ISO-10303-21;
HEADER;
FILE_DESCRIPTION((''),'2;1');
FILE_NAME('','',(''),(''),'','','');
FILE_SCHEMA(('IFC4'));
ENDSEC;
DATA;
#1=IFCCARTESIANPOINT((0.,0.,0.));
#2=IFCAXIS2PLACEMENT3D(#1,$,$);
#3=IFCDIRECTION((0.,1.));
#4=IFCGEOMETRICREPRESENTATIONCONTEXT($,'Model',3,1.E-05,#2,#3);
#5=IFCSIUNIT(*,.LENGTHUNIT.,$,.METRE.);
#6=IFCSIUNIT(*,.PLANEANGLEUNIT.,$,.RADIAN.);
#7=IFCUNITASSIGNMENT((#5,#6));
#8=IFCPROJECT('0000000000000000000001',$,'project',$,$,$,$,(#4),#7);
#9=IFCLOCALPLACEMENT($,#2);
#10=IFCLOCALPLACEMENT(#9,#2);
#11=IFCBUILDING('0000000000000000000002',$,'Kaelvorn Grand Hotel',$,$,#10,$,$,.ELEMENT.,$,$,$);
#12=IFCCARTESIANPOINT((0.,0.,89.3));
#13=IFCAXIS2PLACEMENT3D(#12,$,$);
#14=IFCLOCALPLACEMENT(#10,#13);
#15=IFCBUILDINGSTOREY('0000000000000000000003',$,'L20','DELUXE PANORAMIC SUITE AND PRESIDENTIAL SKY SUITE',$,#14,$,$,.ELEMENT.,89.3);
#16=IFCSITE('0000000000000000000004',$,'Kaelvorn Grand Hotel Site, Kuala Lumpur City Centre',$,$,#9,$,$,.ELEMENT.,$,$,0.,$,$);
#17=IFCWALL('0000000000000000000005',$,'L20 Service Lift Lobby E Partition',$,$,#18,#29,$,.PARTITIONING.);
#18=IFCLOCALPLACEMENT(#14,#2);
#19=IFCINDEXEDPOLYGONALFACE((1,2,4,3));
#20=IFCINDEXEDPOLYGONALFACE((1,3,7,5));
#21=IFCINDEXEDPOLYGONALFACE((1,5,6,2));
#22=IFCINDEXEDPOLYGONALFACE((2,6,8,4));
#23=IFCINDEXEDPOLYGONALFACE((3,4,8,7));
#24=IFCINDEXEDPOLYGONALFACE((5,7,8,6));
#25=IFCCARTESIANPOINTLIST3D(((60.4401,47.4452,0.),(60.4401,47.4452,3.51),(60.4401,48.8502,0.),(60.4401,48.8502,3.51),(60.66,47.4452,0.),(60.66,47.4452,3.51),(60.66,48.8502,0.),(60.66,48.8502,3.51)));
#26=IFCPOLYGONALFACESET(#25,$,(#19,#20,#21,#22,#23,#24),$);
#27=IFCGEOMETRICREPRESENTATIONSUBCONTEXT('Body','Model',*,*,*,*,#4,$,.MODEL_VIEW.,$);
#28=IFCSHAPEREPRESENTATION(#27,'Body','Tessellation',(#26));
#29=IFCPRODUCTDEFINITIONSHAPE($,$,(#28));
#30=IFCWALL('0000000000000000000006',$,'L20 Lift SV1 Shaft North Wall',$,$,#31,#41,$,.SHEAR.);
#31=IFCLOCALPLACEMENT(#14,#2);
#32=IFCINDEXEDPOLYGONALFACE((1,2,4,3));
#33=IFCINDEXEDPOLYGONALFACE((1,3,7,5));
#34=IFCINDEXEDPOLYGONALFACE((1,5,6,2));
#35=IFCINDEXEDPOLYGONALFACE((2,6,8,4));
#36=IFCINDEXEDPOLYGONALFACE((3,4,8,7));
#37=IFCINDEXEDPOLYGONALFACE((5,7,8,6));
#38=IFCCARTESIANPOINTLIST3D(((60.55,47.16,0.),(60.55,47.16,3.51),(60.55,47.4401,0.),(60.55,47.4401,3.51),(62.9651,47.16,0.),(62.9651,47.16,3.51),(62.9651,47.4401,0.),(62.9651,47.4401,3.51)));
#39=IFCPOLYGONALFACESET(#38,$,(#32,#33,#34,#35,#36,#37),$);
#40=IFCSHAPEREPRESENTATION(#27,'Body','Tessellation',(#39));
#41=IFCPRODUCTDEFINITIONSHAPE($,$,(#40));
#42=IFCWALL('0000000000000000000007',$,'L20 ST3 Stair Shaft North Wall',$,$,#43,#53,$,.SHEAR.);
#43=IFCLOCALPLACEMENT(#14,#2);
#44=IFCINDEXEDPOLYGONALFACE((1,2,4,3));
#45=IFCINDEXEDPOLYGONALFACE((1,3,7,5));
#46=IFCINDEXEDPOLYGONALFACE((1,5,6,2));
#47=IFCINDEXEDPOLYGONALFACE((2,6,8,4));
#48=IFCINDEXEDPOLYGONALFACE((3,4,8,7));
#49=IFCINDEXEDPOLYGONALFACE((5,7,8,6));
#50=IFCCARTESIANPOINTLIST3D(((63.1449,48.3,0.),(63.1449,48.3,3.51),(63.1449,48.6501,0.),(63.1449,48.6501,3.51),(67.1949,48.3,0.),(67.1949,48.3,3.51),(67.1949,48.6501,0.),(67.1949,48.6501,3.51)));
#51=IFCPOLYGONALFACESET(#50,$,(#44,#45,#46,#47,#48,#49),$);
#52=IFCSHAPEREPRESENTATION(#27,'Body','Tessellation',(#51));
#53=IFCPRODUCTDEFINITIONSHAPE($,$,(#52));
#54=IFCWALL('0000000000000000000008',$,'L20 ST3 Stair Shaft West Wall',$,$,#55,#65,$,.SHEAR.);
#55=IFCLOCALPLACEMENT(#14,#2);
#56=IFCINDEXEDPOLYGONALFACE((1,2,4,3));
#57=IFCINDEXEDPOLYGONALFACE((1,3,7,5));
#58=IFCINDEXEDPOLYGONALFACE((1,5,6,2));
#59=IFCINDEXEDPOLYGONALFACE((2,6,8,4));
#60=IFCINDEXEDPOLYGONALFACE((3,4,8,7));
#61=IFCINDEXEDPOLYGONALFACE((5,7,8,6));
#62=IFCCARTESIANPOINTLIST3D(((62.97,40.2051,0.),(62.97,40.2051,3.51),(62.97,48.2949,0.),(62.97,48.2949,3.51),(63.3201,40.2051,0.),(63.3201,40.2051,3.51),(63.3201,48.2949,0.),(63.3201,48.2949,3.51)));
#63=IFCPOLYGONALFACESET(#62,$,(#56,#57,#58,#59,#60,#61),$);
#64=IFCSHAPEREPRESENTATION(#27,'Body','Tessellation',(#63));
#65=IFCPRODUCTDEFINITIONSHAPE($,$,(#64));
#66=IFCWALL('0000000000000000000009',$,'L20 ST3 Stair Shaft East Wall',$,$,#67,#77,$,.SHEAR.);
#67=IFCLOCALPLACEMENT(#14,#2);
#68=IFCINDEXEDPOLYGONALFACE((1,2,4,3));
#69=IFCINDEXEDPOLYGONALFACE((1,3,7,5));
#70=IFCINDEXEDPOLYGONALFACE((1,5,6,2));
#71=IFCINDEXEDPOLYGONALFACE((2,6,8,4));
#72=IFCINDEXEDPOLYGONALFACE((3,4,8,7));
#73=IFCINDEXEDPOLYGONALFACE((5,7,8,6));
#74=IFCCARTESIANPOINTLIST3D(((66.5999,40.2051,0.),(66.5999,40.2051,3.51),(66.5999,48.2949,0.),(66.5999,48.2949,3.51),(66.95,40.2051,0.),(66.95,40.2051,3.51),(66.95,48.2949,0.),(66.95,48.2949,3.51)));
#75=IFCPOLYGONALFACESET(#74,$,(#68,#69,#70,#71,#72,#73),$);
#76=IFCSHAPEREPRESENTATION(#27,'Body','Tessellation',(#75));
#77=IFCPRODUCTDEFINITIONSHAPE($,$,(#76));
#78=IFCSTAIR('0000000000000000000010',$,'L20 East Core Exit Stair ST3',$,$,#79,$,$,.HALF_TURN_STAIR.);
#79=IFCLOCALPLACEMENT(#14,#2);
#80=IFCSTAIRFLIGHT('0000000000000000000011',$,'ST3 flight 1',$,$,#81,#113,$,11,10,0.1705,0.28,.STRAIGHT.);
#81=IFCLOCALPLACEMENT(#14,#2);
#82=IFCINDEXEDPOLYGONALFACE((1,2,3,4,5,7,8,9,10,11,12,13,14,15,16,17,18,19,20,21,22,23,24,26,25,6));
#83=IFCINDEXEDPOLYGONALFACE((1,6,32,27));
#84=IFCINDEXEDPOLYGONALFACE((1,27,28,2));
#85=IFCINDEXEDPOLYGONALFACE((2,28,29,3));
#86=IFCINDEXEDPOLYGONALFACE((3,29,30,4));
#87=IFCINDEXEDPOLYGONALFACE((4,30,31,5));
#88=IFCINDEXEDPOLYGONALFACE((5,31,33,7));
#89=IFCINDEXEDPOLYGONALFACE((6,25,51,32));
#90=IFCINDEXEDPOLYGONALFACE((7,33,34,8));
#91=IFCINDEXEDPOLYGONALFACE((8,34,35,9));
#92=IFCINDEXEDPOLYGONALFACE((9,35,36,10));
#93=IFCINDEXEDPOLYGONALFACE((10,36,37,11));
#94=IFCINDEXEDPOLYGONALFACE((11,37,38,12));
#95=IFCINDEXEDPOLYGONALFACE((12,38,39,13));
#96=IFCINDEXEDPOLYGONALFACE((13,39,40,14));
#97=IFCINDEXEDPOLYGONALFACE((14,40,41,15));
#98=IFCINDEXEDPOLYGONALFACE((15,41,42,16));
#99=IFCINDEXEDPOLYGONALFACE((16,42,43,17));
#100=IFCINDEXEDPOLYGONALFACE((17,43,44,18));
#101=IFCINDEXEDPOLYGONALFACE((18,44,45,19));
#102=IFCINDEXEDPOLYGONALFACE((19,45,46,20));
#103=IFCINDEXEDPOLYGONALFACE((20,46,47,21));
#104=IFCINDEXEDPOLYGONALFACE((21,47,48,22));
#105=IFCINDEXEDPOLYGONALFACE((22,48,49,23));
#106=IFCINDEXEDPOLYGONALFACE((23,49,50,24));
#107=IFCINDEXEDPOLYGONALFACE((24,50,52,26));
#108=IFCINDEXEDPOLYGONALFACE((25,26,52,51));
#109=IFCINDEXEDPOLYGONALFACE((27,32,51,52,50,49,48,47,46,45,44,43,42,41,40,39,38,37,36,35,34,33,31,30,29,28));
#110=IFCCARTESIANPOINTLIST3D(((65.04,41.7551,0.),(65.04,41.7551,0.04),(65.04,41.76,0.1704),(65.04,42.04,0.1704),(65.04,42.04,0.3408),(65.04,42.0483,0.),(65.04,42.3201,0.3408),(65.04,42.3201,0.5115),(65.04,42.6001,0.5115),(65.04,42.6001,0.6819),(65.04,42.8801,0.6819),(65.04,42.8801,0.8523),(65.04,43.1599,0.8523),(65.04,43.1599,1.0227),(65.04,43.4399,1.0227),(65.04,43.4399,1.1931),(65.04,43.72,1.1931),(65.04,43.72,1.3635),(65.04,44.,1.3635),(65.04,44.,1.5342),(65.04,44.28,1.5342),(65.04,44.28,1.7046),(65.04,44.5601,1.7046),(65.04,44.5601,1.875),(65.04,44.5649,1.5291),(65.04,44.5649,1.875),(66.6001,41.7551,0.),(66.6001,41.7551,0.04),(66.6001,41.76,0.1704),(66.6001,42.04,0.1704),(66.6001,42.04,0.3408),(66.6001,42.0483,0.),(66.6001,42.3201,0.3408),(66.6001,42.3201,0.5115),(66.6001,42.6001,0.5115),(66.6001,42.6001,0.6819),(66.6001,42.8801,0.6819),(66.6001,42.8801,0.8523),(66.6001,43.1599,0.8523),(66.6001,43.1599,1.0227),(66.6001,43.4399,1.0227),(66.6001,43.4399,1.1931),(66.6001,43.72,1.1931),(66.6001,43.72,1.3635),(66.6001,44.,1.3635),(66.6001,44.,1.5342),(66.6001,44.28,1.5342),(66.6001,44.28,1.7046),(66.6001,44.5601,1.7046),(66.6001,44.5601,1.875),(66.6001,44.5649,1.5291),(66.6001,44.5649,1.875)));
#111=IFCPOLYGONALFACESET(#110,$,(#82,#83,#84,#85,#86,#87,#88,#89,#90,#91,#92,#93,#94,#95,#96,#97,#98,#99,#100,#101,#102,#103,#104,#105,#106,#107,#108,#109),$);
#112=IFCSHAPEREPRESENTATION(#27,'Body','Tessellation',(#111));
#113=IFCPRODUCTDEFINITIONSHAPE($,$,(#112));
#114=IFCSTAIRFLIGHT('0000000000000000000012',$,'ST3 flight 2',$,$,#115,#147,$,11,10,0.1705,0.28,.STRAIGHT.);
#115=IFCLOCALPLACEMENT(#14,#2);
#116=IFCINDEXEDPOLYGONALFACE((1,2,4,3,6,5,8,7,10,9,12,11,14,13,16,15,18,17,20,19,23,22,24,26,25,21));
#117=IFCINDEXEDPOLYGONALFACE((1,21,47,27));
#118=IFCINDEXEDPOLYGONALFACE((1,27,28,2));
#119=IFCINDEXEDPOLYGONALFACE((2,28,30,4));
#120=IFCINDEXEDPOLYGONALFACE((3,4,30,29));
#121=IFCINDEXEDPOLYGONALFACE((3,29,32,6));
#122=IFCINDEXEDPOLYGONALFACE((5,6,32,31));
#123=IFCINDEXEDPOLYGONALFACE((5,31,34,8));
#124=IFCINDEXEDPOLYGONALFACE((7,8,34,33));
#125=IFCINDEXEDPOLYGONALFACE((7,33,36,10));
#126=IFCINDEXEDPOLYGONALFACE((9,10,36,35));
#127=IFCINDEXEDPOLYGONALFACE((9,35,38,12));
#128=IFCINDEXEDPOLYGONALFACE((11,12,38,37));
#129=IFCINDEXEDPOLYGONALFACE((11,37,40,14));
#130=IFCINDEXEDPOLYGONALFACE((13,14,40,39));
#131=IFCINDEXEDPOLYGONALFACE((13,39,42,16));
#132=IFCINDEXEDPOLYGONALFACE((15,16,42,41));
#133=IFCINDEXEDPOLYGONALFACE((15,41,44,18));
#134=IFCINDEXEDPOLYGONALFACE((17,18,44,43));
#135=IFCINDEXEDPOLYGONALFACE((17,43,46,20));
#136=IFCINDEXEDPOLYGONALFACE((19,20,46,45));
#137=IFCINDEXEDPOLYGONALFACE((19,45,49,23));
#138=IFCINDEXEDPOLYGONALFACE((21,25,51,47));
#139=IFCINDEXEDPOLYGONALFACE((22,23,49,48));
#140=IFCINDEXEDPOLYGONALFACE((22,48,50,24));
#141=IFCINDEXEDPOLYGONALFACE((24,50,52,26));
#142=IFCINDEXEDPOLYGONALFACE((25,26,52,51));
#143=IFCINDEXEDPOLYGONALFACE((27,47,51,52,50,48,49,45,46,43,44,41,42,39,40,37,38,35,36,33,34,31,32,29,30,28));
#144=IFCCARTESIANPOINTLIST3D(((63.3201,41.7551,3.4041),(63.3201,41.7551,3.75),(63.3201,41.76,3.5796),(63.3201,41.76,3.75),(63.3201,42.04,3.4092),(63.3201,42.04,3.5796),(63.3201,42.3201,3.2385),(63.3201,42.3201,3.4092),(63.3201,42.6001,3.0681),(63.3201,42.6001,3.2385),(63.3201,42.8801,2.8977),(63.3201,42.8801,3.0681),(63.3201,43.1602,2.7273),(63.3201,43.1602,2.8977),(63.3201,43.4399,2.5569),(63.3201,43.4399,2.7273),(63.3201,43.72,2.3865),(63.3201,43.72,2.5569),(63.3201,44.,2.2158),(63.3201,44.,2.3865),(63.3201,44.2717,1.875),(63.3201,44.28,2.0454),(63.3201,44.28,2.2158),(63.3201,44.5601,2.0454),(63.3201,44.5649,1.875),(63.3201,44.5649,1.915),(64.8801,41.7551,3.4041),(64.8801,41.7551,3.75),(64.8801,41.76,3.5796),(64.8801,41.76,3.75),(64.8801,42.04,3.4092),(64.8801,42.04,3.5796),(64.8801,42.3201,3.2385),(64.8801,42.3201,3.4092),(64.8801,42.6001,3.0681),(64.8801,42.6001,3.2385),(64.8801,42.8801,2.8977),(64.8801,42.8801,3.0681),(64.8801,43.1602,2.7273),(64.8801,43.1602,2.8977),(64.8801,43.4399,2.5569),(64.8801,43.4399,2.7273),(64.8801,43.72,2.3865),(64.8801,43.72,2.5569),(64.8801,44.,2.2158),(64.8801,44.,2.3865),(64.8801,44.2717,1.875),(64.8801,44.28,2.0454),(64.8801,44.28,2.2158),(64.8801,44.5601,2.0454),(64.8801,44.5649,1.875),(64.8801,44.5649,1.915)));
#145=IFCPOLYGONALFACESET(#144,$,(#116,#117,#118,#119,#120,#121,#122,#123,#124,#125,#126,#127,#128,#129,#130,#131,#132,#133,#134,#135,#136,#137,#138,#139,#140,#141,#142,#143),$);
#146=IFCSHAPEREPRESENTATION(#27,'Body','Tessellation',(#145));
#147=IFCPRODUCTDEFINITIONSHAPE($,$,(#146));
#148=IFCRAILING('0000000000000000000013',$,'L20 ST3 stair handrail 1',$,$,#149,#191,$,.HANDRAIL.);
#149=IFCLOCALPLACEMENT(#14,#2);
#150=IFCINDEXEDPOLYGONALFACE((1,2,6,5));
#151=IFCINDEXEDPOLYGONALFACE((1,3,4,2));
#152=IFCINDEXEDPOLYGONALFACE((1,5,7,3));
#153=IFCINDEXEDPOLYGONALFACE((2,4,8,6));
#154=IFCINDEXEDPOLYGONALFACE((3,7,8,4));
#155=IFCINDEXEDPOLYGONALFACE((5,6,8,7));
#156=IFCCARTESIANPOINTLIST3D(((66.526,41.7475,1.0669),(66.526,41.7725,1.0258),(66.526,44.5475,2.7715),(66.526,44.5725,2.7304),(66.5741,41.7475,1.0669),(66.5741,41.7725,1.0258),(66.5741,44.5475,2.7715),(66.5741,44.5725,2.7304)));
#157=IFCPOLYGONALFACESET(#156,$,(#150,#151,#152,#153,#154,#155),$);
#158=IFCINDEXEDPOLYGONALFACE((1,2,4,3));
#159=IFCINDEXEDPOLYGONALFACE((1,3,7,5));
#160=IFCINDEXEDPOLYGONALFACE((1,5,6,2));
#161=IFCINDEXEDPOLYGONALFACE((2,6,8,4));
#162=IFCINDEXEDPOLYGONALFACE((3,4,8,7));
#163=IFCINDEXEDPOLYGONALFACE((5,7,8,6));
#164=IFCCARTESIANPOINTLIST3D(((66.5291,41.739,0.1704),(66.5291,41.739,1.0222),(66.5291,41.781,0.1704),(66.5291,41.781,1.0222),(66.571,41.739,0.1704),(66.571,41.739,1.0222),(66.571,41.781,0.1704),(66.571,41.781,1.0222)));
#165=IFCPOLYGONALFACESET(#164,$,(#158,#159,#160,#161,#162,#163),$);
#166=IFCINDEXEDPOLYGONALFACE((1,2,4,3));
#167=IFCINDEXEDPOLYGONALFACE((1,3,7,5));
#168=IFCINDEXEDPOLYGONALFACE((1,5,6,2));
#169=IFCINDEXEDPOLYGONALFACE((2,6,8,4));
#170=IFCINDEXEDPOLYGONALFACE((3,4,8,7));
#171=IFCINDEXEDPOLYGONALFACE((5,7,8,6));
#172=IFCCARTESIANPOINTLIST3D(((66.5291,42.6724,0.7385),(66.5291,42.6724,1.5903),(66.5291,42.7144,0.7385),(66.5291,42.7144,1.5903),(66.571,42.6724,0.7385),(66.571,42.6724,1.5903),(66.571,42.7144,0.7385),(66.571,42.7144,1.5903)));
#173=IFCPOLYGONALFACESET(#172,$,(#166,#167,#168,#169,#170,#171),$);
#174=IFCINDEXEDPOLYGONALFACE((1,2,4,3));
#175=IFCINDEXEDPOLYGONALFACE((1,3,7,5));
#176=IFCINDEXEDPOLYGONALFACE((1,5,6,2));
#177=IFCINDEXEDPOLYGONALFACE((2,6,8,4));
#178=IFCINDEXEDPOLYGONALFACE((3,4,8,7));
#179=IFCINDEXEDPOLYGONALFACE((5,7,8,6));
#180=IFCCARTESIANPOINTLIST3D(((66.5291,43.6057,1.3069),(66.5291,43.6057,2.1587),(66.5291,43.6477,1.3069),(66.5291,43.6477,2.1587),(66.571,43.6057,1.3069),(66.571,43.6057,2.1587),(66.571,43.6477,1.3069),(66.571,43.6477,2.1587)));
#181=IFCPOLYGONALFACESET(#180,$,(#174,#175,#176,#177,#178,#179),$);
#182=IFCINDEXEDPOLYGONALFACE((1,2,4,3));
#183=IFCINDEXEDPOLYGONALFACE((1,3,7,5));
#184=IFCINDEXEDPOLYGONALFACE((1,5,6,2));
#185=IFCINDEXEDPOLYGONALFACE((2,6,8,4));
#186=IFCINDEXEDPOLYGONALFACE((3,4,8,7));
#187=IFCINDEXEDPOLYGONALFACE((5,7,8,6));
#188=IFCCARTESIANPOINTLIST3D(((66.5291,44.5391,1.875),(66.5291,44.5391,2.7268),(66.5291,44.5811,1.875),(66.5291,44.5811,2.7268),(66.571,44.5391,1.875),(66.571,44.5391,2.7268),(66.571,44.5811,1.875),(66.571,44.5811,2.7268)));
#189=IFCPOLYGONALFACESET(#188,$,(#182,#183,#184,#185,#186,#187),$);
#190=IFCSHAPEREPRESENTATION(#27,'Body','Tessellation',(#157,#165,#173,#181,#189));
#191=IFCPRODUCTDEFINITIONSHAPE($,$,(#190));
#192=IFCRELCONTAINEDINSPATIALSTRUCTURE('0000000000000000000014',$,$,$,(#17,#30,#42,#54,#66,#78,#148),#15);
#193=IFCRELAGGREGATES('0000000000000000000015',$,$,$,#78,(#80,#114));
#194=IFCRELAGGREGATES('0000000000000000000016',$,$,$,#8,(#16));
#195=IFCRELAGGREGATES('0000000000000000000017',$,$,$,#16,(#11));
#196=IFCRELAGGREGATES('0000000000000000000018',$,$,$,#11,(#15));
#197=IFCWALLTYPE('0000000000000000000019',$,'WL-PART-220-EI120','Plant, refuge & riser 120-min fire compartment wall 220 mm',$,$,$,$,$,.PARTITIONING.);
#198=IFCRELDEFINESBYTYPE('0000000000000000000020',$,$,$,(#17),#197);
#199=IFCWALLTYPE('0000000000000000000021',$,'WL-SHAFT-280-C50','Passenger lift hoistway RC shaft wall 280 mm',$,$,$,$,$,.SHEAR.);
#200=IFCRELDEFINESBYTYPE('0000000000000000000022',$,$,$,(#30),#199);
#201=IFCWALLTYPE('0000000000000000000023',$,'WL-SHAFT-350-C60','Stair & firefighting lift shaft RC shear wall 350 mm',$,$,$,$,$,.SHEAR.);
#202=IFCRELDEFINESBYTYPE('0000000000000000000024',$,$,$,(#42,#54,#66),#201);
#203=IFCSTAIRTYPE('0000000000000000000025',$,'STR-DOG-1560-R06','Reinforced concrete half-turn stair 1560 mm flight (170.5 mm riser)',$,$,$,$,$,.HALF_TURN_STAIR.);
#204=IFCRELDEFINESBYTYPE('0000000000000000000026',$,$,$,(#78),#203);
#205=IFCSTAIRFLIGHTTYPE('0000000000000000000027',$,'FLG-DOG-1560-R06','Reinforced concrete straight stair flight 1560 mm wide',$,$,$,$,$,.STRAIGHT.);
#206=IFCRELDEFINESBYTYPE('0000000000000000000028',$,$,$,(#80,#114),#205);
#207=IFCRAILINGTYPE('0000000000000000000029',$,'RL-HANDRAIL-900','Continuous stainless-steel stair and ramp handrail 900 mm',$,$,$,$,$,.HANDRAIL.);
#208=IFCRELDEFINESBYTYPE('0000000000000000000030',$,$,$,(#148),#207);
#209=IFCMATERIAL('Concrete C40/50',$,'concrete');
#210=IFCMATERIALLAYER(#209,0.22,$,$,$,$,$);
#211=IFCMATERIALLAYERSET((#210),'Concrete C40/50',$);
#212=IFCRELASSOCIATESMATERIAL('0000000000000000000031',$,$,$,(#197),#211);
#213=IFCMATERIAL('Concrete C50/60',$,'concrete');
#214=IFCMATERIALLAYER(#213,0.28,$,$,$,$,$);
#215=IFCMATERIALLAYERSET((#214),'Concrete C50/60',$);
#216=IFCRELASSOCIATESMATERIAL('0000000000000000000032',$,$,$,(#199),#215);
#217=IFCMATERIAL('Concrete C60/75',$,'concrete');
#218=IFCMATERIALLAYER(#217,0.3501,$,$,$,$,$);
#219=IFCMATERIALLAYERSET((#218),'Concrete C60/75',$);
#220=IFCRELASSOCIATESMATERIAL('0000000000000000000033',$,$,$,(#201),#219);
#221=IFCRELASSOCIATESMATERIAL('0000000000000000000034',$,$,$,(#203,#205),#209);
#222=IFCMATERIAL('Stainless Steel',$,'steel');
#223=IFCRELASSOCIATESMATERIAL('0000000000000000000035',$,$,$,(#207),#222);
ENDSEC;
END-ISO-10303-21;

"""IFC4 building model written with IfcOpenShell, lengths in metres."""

from ifc_helpers import new_model, si_unit, direction, frame, frame_2d, origin, origin_2d, place, context, subcontext, project, spatial, polyline, rectangle, outline, extrude, material, layer, layer_set, type_object, element, aggregate, save


model = new_model("IFC4")

# Units and contexts
model_context = context("Model", 3, precision=1e-05, world=origin(), true_north=direction((0.0, 1.0)))
body_context = subcontext(model_context, "Body", "Model", "MODEL_VIEW")
ifc_project = project(units=[si_unit("LENGTHUNIT", "METRE"), si_unit("PLANEANGLEUNIT", "RADIAN")], contexts=[model_context])

# Site, building, storey
site_placement = place(None, origin())
site = spatial("IfcSite", under=ifc_project, at=site_placement, Name="Kaelvorn Grand Hotel Site, Kuala Lumpur City Centre", CompositionType="ELEMENT", RefElevation=0.0)
building_placement = place(site_placement, origin())
building = spatial("IfcBuilding", under=site, at=building_placement, Name="Kaelvorn Grand Hotel", CompositionType="ELEMENT")
storey_placement = place(building_placement, frame((0.0, 0.0, 89.3)))
storey = spatial("IfcBuildingStorey", under=building, at=storey_placement, Name="L20", Description="DELUXE PANORAMIC SUITE AND PRESIDENTIAL SKY SUITE", CompositionType="ELEMENT", Elevation=89.3)

# Shared definitions
ifc_material_1 = material(Name="Concrete C60/75", Category="concrete")

# Walls
ifc_material_2 = material(Name="Concrete C40/50", Category="concrete")
ifc_layer_1 = layer(ifc_material_2, 0.22)
ifc_layer_set_1 = layer_set([ifc_layer_1], Name="Concrete C40/50")
wall_type_1 = type_object("IfcWallType", Name="WL-PART-220-EI120", Description="Plant, refuge & riser 120-min fire compartment wall 220 mm", PredefinedType="PARTITIONING", material=ifc_layer_set_1)
wall_1_placement = place(storey_placement, frame((60.55, 47.4451, 0.0), z_axis=(0.0, 0.0, 1.0), x_axis=(0.0, 1.0, 0.0)))
element("IfcWall", 1, at=wall_1_placement, inside=storey, type_object=wall_type_1, Name="L20 Service Lift Lobby E Partition", PredefinedType="PARTITIONING", context=body_context, shape_type="SweptSolid", body=[
    extrude(rectangle(XDim=1.405, YDim=0.22, at=frame_2d((0.7026, 0.0))), origin(), (0.0, 0.0, 1.0), 3.51),
])
ifc_material_3 = material(Name="Concrete C50/60", Category="concrete")
ifc_layer_2 = layer(ifc_material_3, 0.28)
ifc_layer_set_2 = layer_set([ifc_layer_2], Name="Concrete C50/60")
wall_type_2 = type_object("IfcWallType", Name="WL-SHAFT-280-C50", Description="Passenger lift hoistway RC shaft wall 280 mm", PredefinedType="SHEAR", material=ifc_layer_set_2)
wall_2_placement = place(storey_placement, frame((60.55, 47.3, 0.0), z_axis=(0.0, 0.0, 1.0), x_axis=(1.0, 0.0, 0.0)))
element("IfcWall", 2, at=wall_2_placement, inside=storey, type_object=wall_type_2, Name="L20 Lift SV1 Shaft North Wall", PredefinedType="SHEAR", context=body_context, shape_type="SweptSolid", body=[
    extrude(rectangle(XDim=2.415, YDim=0.28, at=frame_2d((1.2075, 0.0))), origin(), (0.0, 0.0, 1.0), 3.51),
])

# Shared definitions
ifc_layer_3 = layer(ifc_material_1, 0.3501)
ifc_layer_set_3 = layer_set([ifc_layer_3], Name="Concrete C60/75")
wall_type_3 = type_object("IfcWallType", Name="WL-SHAFT-350-C60", Description="Stair & firefighting lift shaft RC shear wall 350 mm", PredefinedType="SHEAR", material=ifc_layer_set_3)

# Walls
wall_3_placement = place(storey_placement, frame((63.145, 48.4751, 0.0), z_axis=(0.0, 0.0, 1.0), x_axis=(1.0, 0.0, 0.0)))
element("IfcWall", 3, at=wall_3_placement, inside=storey, type_object=wall_type_3, Name="L20 ST3 Stair Shaft North Wall", PredefinedType="SHEAR", context=body_context, shape_type="SweptSolid", body=[
    extrude(rectangle(XDim=4.05, YDim=0.3501, at=frame_2d((2.0249, 0.0))), origin(), (0.0, 0.0, 1.0), 3.51),
])
for number, where, z_axis, x_axis, name in (
    (4, (63.145, 40.2051, 0.0), (0.0, 0.0, 1.0), (0.0, 1.0, 0.0), "L20 ST3 Stair Shaft West Wall"),
    (5, (66.7749, 40.2051, 0.0), (0.0, 0.0, 1.0), (0.0, 1.0, 0.0), "L20 ST3 Stair Shaft East Wall"),
):
    element("IfcWall", number, at=place(storey_placement, frame(where, z_axis=z_axis, x_axis=x_axis)), inside=storey, type_object=wall_type_3, Name=name, PredefinedType="SHEAR", context=body_context, shape_type="SweptSolid", body=[
        extrude(rectangle(XDim=8.0898, YDim=0.3501, at=frame_2d((4.0449, 0.0))), origin(), (0.0, 0.0, 1.0), 3.51),
    ])

# Stair, stair flights
stair_type = type_object("IfcStairType", Name="STR-DOG-1560-R06", Description="Reinforced concrete half-turn stair 1560 mm flight (170.5 mm riser)", PredefinedType="HALF_TURN_STAIR", material=ifc_material_2)
stair_placement = place(storey_placement, origin())
stair = element("IfcStair", 6, at=stair_placement, inside=storey, type_object=stair_type, Name="L20 East Core Exit Stair ST3", PredefinedType="HALF_TURN_STAIR")
stair_flight_type = type_object("IfcStairFlightType", Name="FLG-DOG-1560-R06", Description="Reinforced concrete straight stair flight 1560 mm wide", PredefinedType="STRAIGHT", material=ifc_material_2)
stair_flight_1_placement = place(storey_placement, frame((65.8201, 41.76, 0.0), z_axis=(0.0, 0.0, 1.0), x_axis=(0.0, 1.0, 0.0)))
stair_flight_1 = element("IfcStairFlight", 7, at=stair_flight_1_placement, type_object=stair_flight_type, Name="ST3 flight 1", NumberOfRisers=11, NumberOfTreads=10, PredefinedType="STRAIGHT", RiserHeight=0.1705, TreadLength=0.28, context=body_context, shape_type="SweptSolid", body=[
    extrude(outline(polyline([(-0.0049, 0.0), (-0.0049, 0.04), (0.0, 0.1704), (0.28, 0.1704), (0.28, 0.3408), (0.5601, 0.3408), (0.5601, 0.5115), (0.8401, 0.5115), (0.8401, 0.6819), (1.1201, 0.6819), (1.1201, 0.8523), (1.3999, 0.8523), (1.3999, 1.0227), (1.6799, 1.0227), (1.6799, 1.1931), (1.96, 1.1931), (1.96, 1.3635), (2.24, 1.3635), (2.24, 1.5342), (2.52, 1.5342), (2.52, 1.7046), (2.8, 1.7046), (2.8, 1.875), (2.8049, 1.875), (2.8049, 1.5291), (0.2883, 0.0), (-0.0049, 0.0)])), frame((0.0, 0.78, 0.0), z_axis=(0.0, -1.0, 0.0), x_axis=(1.0, 0.0, 0.0)), (0.0, 0.0, 1.0), 1.5601),
])
stair_flight_2_placement = place(storey_placement, frame((64.1001, 44.5601, 1.875), z_axis=(0.0, 0.0, 1.0), x_axis=(0.0, -1.0, 0.0)))
stair_flight_2 = element("IfcStairFlight", 8, at=stair_flight_2_placement, type_object=stair_flight_type, Name="ST3 flight 2", NumberOfRisers=11, NumberOfTreads=10, PredefinedType="STRAIGHT", RiserHeight=0.1705, TreadLength=0.28, context=body_context, shape_type="SweptSolid", body=[
    extrude(outline(polyline([(-0.0049, 0.0), (-0.0049, 0.04), (0.0, 0.1704), (0.28, 0.1704), (0.28, 0.3408), (0.5601, 0.3408), (0.5601, 0.5115), (0.8401, 0.5115), (0.8401, 0.6819), (1.1201, 0.6819), (1.1201, 0.8523), (1.3999, 0.8523), (1.3999, 1.0227), (1.6799, 1.0227), (1.6799, 1.1931), (1.96, 1.1931), (1.96, 1.3635), (2.24, 1.3635), (2.24, 1.5342), (2.52, 1.5342), (2.52, 1.7046), (2.8, 1.7046), (2.8, 1.875), (2.8049, 1.875), (2.8049, 1.5291), (0.2883, 0.0), (-0.0049, 0.0)])), frame((0.0, 0.78, 0.0), z_axis=(0.0, -1.0, 0.0), x_axis=(1.0, 0.0, 0.0)), (0.0, 0.0, 1.0), 1.5601),
])
aggregate(stair, [stair_flight_1, stair_flight_2])

# Railing
ifc_material_4 = material(Name="Stainless Steel", Category="steel")
railing_type_1 = type_object("IfcRailingType", Name="RL-HANDRAIL-900", Description="Continuous stainless-steel stair and ramp handrail 900 mm", PredefinedType="HANDRAIL", material=ifc_material_4)
railing_1_placement = place(storey_placement, frame((66.55, 41.76, 0.1704)))
element("IfcRailing", 9, at=railing_1_placement, inside=storey, type_object=railing_type_1, Name="L20 ST3 stair handrail 1", PredefinedType="HANDRAIL", context=body_context, shape_type="SweptSolid", body=[
    extrude(rectangle(XDim=0.0481, YDim=0.0481, at=origin_2d()), frame((0.0, 0.0, 0.876), z_axis=(0.0, 0.85417, 0.519994), x_axis=(-1.0, 0.0, 0.0)), (0.0, 0.0, 1.0), 3.2781),
    extrude(rectangle(XDim=0.042, YDim=0.042, at=origin_2d()), origin(), (0.0, 0.0, 1.0), 0.8518),
    extrude(rectangle(XDim=0.042, YDim=0.042, at=origin_2d()), frame((0.0, 0.9333, 0.5681)), (0.0, 0.0, 1.0), 0.8518),
    extrude(rectangle(XDim=0.042, YDim=0.042, at=origin_2d()), frame((0.0, 1.8667, 1.1365)), (0.0, 0.0, 1.0), 0.8518),
    extrude(rectangle(XDim=0.042, YDim=0.042, at=origin_2d()), frame((0.0, 2.8, 1.7046)), (0.0, 0.0, 1.0), 0.8518),
])

save(model, "model.ifc")
